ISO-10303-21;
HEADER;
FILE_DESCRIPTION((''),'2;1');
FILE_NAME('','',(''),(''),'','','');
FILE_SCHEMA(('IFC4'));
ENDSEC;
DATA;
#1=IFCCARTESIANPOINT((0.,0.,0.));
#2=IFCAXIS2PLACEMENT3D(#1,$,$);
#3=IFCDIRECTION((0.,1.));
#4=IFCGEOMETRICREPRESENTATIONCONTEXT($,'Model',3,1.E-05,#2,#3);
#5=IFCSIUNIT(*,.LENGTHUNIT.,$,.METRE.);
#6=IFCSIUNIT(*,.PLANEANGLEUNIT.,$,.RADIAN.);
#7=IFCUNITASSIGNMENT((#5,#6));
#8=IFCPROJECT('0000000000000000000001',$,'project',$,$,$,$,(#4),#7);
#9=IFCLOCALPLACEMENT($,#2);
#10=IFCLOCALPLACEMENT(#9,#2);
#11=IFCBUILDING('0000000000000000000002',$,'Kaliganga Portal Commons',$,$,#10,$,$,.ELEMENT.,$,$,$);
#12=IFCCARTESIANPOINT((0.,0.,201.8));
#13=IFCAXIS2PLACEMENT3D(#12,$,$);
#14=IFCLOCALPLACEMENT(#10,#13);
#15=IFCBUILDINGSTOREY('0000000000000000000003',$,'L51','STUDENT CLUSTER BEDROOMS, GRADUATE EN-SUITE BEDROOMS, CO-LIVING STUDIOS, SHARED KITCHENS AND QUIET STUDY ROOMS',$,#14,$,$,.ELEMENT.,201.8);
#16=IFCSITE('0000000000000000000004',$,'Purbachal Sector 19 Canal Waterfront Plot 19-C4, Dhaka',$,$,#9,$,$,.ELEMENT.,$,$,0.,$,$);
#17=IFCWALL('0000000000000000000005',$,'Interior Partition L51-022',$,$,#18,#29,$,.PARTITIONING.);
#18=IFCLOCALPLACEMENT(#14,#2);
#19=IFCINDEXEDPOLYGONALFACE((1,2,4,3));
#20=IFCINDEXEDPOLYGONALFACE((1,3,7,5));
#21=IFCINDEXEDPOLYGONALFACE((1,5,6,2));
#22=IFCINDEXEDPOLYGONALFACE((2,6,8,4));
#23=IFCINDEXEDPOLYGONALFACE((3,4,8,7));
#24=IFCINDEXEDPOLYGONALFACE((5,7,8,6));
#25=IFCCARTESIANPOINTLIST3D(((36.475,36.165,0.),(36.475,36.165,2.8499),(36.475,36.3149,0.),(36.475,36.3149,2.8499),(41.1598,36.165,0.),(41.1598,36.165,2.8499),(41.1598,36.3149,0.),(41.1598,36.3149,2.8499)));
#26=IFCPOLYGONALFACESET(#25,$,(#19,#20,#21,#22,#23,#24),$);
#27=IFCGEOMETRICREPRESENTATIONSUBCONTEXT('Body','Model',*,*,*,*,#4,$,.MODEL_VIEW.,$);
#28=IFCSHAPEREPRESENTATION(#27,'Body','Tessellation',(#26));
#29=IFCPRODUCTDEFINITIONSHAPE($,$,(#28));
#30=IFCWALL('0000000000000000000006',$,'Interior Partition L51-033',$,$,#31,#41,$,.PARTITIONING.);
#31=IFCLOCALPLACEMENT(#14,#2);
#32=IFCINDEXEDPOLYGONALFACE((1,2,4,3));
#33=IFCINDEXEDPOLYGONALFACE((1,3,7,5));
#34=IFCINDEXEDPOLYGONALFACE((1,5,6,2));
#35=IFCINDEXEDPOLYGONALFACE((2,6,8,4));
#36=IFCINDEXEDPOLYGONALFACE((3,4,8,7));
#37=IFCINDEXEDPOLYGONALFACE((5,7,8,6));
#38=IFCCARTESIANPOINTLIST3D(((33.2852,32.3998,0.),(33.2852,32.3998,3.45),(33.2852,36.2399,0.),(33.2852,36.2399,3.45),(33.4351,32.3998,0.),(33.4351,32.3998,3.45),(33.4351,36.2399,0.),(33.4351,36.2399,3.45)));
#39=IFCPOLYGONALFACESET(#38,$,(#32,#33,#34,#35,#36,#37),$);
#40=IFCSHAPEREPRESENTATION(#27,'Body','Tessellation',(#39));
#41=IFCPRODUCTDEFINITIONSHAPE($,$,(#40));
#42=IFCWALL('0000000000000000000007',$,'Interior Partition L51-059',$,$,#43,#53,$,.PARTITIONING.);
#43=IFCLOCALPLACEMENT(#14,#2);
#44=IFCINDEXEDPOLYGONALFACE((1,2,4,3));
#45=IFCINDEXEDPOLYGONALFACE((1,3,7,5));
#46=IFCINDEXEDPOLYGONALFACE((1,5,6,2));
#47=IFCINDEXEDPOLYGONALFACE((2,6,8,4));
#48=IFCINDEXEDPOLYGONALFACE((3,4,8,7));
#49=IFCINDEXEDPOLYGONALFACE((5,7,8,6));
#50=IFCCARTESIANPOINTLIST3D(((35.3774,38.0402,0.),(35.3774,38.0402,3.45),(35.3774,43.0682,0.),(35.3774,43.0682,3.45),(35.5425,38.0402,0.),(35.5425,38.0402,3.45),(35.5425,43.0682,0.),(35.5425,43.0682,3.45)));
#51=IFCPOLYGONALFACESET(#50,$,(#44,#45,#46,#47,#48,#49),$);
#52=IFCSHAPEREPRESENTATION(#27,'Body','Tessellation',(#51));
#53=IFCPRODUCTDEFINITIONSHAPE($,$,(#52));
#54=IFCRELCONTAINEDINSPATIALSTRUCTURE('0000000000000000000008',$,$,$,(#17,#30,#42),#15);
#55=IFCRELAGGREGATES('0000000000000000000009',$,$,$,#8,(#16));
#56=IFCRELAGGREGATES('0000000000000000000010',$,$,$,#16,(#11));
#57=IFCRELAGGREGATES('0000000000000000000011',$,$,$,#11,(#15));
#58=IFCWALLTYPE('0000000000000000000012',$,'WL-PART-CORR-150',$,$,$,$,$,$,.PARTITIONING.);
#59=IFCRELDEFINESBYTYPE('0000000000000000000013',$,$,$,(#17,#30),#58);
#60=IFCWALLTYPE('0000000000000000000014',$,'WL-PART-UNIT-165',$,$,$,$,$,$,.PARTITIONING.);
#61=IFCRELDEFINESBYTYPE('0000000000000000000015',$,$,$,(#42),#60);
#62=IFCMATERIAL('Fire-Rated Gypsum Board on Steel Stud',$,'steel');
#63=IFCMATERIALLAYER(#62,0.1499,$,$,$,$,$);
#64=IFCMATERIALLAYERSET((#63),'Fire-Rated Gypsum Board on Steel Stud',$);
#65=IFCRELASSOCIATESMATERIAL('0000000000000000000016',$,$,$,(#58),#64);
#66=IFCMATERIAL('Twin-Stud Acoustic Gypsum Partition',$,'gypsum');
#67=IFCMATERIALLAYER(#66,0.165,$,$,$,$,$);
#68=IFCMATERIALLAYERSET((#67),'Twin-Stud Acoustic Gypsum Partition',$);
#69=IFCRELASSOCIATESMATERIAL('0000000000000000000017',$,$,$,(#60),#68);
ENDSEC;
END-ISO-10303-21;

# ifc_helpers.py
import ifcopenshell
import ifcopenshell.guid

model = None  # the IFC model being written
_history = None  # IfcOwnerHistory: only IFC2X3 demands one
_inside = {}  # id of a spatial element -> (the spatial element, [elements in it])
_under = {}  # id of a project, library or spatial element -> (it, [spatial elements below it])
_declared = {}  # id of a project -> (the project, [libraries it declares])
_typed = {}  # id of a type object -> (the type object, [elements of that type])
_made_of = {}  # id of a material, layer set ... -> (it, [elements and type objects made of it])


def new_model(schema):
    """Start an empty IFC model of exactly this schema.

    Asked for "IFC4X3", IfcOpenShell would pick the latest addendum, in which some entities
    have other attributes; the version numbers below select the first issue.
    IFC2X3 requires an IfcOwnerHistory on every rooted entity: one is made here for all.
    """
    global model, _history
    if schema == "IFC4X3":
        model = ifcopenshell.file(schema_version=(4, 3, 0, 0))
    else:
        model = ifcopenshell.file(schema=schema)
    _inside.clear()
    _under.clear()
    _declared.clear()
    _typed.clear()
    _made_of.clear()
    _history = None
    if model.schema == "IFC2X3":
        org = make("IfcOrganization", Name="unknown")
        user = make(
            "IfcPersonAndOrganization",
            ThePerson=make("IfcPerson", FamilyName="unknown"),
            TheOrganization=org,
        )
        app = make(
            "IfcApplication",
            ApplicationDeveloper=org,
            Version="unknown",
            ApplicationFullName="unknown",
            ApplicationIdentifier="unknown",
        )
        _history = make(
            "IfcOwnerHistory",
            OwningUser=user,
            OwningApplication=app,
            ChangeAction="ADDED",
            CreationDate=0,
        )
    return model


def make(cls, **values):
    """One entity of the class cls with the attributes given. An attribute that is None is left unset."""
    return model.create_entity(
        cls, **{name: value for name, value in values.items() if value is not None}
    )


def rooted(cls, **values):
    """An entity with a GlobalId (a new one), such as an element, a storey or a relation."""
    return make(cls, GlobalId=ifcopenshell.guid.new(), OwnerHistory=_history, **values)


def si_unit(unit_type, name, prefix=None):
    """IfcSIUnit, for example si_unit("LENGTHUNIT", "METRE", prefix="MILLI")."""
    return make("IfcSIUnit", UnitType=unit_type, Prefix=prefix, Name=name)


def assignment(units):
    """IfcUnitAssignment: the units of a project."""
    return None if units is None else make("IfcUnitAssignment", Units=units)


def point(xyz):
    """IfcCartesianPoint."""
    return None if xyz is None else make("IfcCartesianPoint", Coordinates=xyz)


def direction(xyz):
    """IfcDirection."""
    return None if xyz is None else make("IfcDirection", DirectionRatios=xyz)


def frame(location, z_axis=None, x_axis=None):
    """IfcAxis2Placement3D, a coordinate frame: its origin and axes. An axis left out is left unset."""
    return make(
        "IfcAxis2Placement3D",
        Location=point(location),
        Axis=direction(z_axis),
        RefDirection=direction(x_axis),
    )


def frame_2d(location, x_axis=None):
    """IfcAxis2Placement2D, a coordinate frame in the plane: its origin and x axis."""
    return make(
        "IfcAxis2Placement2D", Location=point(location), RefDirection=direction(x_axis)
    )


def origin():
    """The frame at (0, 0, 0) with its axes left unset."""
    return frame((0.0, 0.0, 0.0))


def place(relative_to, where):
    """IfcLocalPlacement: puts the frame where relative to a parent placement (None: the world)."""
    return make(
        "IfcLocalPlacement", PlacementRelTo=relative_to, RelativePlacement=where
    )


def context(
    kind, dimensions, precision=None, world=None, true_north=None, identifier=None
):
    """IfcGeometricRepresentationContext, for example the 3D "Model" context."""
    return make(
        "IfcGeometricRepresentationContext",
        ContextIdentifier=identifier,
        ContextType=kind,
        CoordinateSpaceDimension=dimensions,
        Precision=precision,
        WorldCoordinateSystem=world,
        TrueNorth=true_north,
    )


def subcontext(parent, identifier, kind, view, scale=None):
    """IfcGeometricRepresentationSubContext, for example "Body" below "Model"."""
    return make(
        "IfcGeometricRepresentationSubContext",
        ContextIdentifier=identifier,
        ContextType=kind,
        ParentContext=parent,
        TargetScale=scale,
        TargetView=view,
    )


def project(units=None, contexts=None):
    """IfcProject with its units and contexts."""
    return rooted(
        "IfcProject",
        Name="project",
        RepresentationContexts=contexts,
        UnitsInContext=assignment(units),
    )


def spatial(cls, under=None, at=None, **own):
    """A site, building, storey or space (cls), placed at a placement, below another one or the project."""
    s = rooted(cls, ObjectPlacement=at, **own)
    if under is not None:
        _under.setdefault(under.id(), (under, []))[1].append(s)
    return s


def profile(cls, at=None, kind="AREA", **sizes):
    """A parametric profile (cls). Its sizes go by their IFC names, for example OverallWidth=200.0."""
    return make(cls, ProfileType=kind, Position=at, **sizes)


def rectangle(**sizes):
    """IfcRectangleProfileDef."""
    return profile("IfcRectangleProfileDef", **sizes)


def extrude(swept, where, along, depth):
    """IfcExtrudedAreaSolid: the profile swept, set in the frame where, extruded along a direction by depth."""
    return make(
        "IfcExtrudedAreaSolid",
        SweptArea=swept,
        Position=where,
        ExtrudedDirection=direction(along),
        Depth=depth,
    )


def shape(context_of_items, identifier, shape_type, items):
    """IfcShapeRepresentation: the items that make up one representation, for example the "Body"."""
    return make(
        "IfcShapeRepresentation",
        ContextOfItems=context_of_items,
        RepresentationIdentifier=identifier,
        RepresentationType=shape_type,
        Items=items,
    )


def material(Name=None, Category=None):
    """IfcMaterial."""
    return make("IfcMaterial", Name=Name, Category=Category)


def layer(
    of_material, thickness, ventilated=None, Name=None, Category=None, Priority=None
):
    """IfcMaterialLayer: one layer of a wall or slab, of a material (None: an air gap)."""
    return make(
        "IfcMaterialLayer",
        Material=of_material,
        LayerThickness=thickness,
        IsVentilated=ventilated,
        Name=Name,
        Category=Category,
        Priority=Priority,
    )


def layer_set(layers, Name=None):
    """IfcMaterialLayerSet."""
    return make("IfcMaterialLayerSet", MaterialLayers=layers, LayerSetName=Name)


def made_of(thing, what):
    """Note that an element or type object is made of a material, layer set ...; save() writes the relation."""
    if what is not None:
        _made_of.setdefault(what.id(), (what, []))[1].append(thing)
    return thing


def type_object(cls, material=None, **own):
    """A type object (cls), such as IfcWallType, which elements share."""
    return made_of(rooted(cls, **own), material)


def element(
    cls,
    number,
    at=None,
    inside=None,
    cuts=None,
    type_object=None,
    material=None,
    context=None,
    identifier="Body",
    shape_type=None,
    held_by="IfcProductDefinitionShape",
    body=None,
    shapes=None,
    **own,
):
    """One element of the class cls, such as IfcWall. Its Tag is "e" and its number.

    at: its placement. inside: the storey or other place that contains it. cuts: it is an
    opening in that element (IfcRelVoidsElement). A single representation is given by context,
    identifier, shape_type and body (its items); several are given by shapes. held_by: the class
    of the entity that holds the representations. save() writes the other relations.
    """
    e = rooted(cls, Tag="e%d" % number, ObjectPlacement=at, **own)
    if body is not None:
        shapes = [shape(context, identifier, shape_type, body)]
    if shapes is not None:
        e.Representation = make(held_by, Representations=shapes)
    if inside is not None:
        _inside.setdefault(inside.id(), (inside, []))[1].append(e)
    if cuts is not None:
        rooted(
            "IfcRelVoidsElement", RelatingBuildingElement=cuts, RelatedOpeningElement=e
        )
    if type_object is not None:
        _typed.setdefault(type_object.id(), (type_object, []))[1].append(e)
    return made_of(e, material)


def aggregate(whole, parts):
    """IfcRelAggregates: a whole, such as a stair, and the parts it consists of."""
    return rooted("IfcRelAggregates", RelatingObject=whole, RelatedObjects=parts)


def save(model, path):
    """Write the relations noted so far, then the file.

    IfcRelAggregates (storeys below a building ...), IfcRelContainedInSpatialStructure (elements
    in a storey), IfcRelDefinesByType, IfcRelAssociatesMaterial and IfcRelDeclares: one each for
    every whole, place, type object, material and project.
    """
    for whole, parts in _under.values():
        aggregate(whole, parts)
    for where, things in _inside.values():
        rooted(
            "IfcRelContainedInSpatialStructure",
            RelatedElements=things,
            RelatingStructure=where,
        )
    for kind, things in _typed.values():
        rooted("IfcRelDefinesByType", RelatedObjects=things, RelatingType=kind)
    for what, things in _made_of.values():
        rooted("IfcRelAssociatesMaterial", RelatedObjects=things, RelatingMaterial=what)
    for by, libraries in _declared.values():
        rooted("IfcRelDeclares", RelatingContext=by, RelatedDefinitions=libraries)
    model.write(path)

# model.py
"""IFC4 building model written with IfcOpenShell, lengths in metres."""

from ifc_helpers import new_model, si_unit, direction, frame, frame_2d, origin, place, context, subcontext, project, spatial, rectangle, extrude, material, layer, layer_set, type_object, element, save


model = new_model("IFC4")

# Units and contexts
model_context = context("Model", 3, precision=1e-05, world=origin(), true_north=direction((0.0, 1.0)))
body_context = subcontext(model_context, "Body", "Model", "MODEL_VIEW")
ifc_project = project(units=[si_unit("LENGTHUNIT", "METRE"), si_unit("PLANEANGLEUNIT", "RADIAN")], contexts=[model_context])

# Site, building, storey
site_placement = place(None, origin())
site = spatial("IfcSite", under=ifc_project, at=site_placement, Name="Purbachal Sector 19 Canal Waterfront Plot 19-C4, Dhaka", CompositionType="ELEMENT", RefElevation=0.0)
building_placement = place(site_placement, origin())
building = spatial("IfcBuilding", under=site, at=building_placement, Name="Kaliganga Portal Commons", CompositionType="ELEMENT")
storey_placement = place(building_placement, frame((0.0, 0.0, 201.8)))
storey = spatial("IfcBuildingStorey", under=building, at=storey_placement, Name="L51", Description="STUDENT CLUSTER BEDROOMS, GRADUATE EN-SUITE BEDROOMS, CO-LIVING STUDIOS, SHARED KITCHENS AND QUIET STUDY ROOMS", CompositionType="ELEMENT", Elevation=201.8)

# Shared definitions
ifc_material_1 = material(Name="Fire-Rated Gypsum Board on Steel Stud", Category="steel")
ifc_layer_1 = layer(ifc_material_1, 0.1499)
ifc_layer_set_1 = layer_set([ifc_layer_1], Name="Fire-Rated Gypsum Board on Steel Stud")
wall_type_1 = type_object("IfcWallType", Name="WL-PART-CORR-150", PredefinedType="PARTITIONING", material=ifc_layer_set_1)

# Wall
wall_1_placement = place(storey_placement, frame((36.4751, 36.24, 0.0), z_axis=(0.0, 0.0, 1.0), x_axis=(1.0, 0.0, 0.0)))
element("IfcWall", 1, at=wall_1_placement, inside=storey, type_object=wall_type_1, Name="Interior Partition L51-022", PredefinedType="PARTITIONING", context=body_context, shape_type="SweptSolid", body=[
    extrude(rectangle(XDim=4.6848, YDim=0.1499, at=frame_2d((2.3423, 0.0))), origin(), (0.0, 0.0, 1.0), 2.8499),
])

# Walls
wall_2_placement = place(storey_placement, frame((33.3601, 32.3999, 0.0), z_axis=(0.0, 0.0, 1.0), x_axis=(0.0, 1.0, 0.0)))
element("IfcWall", 2, at=wall_2_placement, inside=storey, type_object=wall_type_1, Name="Interior Partition L51-033", PredefinedType="PARTITIONING", context=body_context, shape_type="SweptSolid", body=[
    extrude(rectangle(XDim=3.8401, YDim=0.1499, at=frame_2d((1.9199, 0.0))), origin(), (0.0, 0.0, 1.0), 3.45),
])
ifc_material_2 = material(Name="Twin-Stud Acoustic Gypsum Partition", Category="gypsum")
ifc_layer_2 = layer(ifc_material_2, 0.165)
ifc_layer_set_2 = layer_set([ifc_layer_2], Name="Twin-Stud Acoustic Gypsum Partition")
wall_type_2 = type_object("IfcWallType", Name="WL-PART-UNIT-165", PredefinedType="PARTITIONING", material=ifc_layer_set_2)
wall_3_placement = place(storey_placement, frame((35.46, 38.04, 0.0), z_axis=(0.0, 0.0, 1.0), x_axis=(0.0, 1.0, 0.0)))
element("IfcWall", 3, at=wall_3_placement, inside=storey, type_object=wall_type_2, Name="Interior Partition L51-059", PredefinedType="PARTITIONING", context=body_context, shape_type="SweptSolid", body=[
    extrude(rectangle(XDim=5.0281, YDim=0.165, at=frame_2d((2.5142, 0.0))), origin(), (0.0, 0.0, 1.0), 3.45),
])

save(model, "model.ifc")
